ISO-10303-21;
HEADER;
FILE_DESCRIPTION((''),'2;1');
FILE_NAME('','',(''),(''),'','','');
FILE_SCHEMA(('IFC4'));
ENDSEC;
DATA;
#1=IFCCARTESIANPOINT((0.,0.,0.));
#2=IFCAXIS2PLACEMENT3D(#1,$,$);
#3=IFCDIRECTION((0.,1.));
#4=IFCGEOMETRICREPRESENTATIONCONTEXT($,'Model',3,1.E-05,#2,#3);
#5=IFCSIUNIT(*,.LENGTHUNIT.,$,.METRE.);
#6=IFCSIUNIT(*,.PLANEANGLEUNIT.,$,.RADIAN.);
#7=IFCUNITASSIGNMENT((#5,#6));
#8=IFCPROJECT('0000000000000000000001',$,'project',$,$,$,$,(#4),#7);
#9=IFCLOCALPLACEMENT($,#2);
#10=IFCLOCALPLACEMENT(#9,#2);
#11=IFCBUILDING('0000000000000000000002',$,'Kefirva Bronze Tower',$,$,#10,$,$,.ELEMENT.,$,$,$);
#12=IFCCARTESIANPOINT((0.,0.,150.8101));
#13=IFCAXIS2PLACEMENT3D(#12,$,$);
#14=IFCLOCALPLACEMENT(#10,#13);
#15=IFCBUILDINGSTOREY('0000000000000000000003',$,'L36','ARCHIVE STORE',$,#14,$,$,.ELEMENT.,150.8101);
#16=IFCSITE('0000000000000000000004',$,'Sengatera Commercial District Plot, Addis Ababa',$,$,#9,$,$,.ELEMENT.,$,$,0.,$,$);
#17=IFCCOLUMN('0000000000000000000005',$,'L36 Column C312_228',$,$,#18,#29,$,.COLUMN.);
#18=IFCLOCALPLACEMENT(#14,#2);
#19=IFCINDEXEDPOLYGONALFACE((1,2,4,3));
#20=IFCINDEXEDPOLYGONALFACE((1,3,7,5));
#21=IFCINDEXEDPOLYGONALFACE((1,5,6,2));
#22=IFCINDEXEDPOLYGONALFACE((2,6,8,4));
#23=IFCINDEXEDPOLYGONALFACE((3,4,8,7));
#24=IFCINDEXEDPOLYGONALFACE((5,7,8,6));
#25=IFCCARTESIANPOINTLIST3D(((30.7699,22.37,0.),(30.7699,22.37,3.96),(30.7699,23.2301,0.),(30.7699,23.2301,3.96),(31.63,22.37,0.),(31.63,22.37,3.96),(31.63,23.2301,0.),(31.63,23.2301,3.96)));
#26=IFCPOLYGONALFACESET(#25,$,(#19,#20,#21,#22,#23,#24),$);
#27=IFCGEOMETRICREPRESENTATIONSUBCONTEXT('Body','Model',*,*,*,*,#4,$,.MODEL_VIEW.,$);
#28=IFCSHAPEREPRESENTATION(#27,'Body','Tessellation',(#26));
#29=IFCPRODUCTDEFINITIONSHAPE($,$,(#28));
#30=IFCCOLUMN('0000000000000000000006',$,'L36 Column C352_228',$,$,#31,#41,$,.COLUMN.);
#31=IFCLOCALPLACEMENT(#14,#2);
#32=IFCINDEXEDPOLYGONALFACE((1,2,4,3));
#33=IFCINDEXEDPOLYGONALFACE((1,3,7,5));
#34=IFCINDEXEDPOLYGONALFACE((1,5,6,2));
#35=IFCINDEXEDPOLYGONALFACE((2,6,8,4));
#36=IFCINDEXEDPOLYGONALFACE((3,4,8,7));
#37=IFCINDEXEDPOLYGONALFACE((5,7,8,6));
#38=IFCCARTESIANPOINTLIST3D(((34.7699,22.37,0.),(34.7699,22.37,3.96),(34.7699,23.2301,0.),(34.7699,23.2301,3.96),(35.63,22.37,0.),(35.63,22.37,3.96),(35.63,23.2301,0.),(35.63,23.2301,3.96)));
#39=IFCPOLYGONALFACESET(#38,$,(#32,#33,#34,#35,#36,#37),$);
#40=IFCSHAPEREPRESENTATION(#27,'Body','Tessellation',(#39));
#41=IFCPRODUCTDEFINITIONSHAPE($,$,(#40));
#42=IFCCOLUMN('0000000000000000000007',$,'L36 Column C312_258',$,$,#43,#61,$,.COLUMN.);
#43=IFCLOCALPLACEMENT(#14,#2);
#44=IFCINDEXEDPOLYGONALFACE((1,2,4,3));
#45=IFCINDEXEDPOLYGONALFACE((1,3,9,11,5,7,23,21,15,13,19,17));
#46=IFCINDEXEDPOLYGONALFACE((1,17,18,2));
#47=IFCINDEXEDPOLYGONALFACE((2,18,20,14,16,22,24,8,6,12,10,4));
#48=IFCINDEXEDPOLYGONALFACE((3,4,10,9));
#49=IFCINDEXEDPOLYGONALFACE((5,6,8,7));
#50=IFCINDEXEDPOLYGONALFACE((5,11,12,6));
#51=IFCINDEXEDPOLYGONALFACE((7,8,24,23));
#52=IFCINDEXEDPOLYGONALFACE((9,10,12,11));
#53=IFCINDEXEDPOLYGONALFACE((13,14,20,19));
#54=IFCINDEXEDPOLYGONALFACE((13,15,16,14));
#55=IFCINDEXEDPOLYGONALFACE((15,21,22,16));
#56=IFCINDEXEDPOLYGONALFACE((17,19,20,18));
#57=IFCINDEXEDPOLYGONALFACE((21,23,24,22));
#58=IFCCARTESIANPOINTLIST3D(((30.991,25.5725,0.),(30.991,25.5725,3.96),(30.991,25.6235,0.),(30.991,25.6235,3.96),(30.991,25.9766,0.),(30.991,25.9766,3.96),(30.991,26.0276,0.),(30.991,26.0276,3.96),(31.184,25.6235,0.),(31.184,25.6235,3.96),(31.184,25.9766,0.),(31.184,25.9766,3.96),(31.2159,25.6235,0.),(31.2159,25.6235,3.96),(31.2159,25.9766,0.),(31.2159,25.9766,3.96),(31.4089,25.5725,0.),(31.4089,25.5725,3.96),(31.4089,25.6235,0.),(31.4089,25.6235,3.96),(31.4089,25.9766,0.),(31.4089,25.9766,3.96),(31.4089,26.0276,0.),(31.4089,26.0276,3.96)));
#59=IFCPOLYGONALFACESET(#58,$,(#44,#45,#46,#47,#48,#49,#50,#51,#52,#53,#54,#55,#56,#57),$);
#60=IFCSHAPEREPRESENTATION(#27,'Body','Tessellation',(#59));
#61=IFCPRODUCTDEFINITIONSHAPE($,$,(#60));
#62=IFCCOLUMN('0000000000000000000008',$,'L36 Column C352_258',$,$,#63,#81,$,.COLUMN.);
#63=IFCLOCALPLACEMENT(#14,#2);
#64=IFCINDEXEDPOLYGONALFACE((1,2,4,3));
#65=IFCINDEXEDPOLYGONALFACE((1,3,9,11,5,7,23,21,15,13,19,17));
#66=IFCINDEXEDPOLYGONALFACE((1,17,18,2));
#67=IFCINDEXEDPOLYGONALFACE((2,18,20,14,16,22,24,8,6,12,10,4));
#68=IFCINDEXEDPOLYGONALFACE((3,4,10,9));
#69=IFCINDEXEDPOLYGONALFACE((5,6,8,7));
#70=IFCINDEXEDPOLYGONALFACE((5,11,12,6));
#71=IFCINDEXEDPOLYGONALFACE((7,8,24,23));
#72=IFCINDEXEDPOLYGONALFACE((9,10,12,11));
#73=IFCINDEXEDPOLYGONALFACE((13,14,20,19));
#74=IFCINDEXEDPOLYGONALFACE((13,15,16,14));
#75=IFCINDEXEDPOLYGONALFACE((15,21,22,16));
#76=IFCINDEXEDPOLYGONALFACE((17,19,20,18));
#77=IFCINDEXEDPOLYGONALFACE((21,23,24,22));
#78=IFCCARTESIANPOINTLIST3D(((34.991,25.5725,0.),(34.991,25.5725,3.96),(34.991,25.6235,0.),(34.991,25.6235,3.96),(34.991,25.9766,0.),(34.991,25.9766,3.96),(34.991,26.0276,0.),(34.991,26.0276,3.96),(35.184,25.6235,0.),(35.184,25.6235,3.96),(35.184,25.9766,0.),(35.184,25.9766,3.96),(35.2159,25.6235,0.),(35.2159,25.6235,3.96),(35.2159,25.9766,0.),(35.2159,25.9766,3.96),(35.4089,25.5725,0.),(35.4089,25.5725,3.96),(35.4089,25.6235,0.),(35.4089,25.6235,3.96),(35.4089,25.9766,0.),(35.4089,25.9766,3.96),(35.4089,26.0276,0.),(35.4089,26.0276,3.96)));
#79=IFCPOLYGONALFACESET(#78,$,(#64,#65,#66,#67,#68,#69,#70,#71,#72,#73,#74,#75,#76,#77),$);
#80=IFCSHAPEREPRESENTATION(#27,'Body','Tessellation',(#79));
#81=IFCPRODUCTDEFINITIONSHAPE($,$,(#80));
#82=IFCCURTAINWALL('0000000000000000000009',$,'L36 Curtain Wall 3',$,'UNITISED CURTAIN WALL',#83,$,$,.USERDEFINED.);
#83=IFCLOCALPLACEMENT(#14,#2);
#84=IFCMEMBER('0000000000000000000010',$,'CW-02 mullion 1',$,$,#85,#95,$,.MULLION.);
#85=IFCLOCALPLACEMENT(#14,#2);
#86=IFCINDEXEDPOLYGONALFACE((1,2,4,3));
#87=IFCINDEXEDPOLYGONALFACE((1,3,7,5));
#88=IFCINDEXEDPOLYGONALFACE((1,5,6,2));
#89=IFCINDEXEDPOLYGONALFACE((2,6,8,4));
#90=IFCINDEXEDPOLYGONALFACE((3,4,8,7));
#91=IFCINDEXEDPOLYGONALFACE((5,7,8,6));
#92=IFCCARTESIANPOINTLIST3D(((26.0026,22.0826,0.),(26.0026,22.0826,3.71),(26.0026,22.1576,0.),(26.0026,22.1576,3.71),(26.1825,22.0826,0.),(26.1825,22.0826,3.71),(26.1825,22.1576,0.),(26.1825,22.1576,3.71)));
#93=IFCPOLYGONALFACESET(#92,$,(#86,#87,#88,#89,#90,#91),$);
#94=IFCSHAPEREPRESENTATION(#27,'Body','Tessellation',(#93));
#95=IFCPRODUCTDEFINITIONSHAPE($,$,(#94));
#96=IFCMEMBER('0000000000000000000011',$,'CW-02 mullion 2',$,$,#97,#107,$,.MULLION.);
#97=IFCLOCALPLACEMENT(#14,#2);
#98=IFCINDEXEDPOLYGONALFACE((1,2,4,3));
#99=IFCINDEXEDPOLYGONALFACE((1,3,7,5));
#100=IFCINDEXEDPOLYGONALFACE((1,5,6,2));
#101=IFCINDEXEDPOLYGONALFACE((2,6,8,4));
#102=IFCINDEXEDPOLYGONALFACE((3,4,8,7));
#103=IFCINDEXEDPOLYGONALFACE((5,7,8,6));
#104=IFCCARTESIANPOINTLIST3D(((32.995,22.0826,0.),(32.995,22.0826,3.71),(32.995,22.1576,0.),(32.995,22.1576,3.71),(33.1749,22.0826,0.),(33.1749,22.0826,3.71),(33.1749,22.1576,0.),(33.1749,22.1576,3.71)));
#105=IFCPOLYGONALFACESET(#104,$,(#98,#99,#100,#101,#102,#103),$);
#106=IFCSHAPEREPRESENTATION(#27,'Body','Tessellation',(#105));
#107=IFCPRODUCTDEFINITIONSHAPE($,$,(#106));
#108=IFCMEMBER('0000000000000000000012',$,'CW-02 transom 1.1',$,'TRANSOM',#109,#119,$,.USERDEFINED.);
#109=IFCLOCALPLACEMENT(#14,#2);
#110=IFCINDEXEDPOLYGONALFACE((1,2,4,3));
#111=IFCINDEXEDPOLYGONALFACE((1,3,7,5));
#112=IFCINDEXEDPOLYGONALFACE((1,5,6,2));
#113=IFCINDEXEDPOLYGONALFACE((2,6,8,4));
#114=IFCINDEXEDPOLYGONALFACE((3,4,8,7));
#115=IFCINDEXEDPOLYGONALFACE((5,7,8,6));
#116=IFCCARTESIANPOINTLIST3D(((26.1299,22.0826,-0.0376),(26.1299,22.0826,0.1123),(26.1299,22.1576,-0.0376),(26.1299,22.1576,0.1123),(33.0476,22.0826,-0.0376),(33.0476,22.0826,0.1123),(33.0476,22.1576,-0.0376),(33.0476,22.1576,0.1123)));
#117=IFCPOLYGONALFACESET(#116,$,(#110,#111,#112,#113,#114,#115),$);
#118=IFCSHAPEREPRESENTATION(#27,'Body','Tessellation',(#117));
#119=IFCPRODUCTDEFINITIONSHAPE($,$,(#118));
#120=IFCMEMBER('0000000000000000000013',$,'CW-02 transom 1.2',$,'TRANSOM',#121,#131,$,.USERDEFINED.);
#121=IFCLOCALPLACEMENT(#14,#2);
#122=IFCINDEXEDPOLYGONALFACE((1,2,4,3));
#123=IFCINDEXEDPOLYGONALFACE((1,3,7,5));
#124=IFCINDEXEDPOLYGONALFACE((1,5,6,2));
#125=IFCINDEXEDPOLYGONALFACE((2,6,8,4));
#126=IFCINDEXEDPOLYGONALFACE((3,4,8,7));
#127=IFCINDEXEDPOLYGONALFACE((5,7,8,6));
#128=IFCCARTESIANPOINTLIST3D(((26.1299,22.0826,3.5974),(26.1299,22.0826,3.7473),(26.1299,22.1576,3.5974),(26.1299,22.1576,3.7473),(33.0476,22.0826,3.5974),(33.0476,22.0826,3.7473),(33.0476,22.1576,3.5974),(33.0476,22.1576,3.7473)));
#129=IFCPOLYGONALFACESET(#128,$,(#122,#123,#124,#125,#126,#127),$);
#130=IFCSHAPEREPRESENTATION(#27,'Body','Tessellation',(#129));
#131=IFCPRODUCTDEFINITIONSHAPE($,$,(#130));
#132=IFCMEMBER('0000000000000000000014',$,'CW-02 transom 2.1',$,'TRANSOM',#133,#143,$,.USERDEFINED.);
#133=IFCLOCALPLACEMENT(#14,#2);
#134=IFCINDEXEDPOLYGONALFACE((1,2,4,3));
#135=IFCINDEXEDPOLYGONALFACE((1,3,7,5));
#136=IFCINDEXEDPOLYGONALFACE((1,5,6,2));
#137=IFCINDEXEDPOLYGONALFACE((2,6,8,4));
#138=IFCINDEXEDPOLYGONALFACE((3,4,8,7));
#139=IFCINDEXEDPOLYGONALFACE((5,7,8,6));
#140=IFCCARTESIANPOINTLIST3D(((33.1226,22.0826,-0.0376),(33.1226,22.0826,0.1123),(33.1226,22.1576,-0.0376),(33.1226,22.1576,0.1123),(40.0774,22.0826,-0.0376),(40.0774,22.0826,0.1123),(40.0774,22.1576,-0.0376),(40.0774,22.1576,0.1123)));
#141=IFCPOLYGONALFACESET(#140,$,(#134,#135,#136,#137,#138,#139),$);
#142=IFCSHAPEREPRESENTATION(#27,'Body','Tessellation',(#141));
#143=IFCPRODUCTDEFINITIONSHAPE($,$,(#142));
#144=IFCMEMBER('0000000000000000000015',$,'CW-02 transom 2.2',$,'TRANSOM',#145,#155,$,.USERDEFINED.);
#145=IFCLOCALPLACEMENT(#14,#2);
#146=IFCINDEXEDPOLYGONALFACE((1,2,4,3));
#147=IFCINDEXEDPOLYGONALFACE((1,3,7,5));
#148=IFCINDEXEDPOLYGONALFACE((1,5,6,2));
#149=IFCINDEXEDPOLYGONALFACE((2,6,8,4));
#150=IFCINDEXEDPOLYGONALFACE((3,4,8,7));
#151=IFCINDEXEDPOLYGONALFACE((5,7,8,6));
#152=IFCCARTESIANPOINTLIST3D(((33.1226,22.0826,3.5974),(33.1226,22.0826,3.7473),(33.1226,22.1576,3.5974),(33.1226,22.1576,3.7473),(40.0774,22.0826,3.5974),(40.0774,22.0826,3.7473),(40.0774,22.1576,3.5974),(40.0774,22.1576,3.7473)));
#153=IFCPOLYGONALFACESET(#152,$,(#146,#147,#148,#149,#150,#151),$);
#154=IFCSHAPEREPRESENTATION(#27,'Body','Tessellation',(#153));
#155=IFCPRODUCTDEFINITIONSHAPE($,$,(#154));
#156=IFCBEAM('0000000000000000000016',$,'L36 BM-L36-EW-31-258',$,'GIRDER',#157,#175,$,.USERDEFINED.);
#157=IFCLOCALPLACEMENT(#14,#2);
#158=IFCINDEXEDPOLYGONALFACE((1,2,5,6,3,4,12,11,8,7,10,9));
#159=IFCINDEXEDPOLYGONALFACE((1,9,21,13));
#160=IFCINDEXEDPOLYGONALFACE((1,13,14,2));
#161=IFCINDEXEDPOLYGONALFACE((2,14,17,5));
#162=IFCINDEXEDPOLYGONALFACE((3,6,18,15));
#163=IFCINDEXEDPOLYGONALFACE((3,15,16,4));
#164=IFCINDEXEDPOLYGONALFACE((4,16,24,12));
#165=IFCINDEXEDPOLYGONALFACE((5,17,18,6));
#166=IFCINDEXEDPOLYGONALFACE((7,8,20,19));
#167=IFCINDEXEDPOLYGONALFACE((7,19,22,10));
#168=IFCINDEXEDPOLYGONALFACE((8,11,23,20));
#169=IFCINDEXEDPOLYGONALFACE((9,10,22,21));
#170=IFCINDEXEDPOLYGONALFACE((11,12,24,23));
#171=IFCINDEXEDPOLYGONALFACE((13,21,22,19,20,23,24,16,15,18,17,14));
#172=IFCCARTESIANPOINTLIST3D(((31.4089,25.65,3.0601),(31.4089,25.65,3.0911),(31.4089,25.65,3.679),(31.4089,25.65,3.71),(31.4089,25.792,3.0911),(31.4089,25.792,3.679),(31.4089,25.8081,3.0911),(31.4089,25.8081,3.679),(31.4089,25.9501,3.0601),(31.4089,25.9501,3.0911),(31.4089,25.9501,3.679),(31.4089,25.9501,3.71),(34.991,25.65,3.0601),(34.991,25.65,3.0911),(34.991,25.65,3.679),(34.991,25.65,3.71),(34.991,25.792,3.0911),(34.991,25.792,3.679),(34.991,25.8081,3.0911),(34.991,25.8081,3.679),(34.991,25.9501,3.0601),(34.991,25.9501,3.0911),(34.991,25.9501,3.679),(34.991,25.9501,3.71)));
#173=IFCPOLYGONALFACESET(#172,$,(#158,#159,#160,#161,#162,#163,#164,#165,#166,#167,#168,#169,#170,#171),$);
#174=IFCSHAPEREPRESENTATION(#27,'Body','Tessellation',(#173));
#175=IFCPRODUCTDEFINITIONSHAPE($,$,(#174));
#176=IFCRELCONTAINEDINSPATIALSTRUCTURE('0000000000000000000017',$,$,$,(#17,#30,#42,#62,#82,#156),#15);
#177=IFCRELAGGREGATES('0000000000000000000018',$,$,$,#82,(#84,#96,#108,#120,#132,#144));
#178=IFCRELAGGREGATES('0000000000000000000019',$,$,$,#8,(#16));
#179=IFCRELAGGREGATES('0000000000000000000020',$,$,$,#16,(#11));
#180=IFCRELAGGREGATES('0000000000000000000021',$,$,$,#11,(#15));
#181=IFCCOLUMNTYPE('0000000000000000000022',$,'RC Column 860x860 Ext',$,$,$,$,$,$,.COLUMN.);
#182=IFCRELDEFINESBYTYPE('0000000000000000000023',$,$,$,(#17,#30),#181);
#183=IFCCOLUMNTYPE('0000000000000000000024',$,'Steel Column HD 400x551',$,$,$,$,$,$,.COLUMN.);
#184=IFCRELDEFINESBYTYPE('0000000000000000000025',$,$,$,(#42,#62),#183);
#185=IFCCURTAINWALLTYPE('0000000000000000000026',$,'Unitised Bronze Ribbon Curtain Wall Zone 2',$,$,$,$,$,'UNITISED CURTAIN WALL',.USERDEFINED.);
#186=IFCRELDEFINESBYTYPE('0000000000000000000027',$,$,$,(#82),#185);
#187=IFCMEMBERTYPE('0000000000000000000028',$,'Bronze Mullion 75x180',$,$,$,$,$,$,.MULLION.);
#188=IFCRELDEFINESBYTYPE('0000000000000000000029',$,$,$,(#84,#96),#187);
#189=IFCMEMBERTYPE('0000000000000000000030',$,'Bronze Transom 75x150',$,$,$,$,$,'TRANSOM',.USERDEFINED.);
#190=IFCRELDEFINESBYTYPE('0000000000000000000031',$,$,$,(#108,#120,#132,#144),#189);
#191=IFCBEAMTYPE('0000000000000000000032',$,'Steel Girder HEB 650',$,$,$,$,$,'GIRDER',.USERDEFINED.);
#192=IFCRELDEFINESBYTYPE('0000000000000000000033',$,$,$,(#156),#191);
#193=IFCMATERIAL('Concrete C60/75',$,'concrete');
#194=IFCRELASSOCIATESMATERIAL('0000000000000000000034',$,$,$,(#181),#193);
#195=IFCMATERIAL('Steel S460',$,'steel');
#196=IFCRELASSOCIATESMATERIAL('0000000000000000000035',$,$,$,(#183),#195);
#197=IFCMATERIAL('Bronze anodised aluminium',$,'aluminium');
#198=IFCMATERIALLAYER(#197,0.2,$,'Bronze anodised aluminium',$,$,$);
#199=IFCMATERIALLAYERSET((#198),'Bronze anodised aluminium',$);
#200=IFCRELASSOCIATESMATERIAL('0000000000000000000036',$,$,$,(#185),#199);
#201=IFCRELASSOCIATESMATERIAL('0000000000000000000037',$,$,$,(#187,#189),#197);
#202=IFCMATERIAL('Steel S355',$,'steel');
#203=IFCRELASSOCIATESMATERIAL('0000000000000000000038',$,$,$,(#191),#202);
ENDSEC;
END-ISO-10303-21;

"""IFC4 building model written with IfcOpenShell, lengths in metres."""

from ifc_helpers import new_model, si_unit, direction, frame, origin, origin_2d, place, context, subcontext, project, spatial, rectangle, i_section, extrude, material, layer, layer_set, material_profile, profile_set, type_object, element, aggregate, save


model = new_model("IFC4")

# Units and contexts
model_context = context("Model", 3, precision=1e-05, world=origin(), true_north=direction((0.0, 1.0)))
body_context = subcontext(model_context, "Body", "Model", "MODEL_VIEW")
ifc_project = project(units=[si_unit("LENGTHUNIT", "METRE"), si_unit("PLANEANGLEUNIT", "RADIAN")], contexts=[model_context])

# Site, building, storey
site_placement = place(None, origin())
site = spatial("IfcSite", under=ifc_project, at=site_placement, Name="Sengatera Commercial District Plot, Addis Ababa", CompositionType="ELEMENT", RefElevation=0.0)
building_placement = place(site_placement, origin())
building = spatial("IfcBuilding", under=site, at=building_placement, Name="Kefirva Bronze Tower", CompositionType="ELEMENT")
storey_placement = place(building_placement, frame((0.0, 0.0, 150.8101)))
storey = spatial("IfcBuildingStorey", under=building, at=storey_placement, Name="L36", Description="ARCHIVE STORE", CompositionType="ELEMENT", Elevation=150.8101)

# Columns
ifc_material_1 = material(Name="Concrete C60/75", Category="concrete")
ifc_material_profile_1 = material_profile(ifc_material_1, rectangle(XDim=0.8601, YDim=0.8601, at=origin_2d()), Name="RC 860x860")
ifc_profile_set_1 = profile_set([ifc_material_profile_1], Name="Concrete C60/75")
column_type_1 = type_object("IfcColumnType", Name="RC Column 860x860 Ext", PredefinedType="COLUMN", material=ifc_profile_set_1)
for number, where, z_axis, x_axis, name in (
    (1, (31.2, 22.8, 0.0), (0.0, 0.0, 1.0), (1.0, 0.0, 0.0), "L36 Column C312_228"),
    (2, (35.2, 22.8, 0.0), (0.0, 0.0, 1.0), (1.0, 0.0, 0.0), "L36 Column C352_228"),
):
    element("IfcColumn", number, at=place(storey_placement, frame(where, z_axis=z_axis, x_axis=x_axis)), inside=storey, type_object=column_type_1, Name=name, PredefinedType="COLUMN", context=body_context, shape_type="SweptSolid", body=[
        extrude(rectangle(XDim=0.8601, YDim=0.8601, at=origin_2d()), origin(), (0.0, 0.0, 1.0), 3.96),
    ])
ifc_material_2 = material(Name="Steel S460", Category="steel")
ifc_material_profile_2 = material_profile(ifc_material_2, i_section(OverallWidth=0.418, OverallDepth=0.4551, WebThickness=0.032, FlangeThickness=0.051, at=origin_2d()), Name="HD 400x551")
ifc_profile_set_2 = profile_set([ifc_material_profile_2], Name="Steel S460")
column_type_2 = type_object("IfcColumnType", Name="Steel Column HD 400x551", PredefinedType="COLUMN", material=ifc_profile_set_2)
for number, where, z_axis, x_axis, name in (
    (3, (31.2, 25.8, 0.0), (0.0, 0.0, 1.0), (1.0, 0.0, 0.0), "L36 Column C312_258"),
    (4, (35.2, 25.8, 0.0), (0.0, 0.0, 1.0), (1.0, 0.0, 0.0), "L36 Column C352_258"),
):
    element("IfcColumn", number, at=place(storey_placement, frame(where, z_axis=z_axis, x_axis=x_axis)), inside=storey, type_object=column_type_2, Name=name, PredefinedType="COLUMN", context=body_context, shape_type="SweptSolid", body=[
        extrude(i_section(OverallWidth=0.418, OverallDepth=0.4551, WebThickness=0.032, FlangeThickness=0.051, at=origin_2d()), origin(), (0.0, 0.0, 1.0), 3.96),
    ])

# Curtain wall, members
ifc_material_3 = material(Name="Bronze anodised aluminium", Category="aluminium")
ifc_layer_1 = layer(ifc_material_3, 0.2, Name="Bronze anodised aluminium")
ifc_layer_set_1 = layer_set([ifc_layer_1], Name="Bronze anodised aluminium")
curtain_wall_type = type_object("IfcCurtainWallType", Name="Unitised Bronze Ribbon Curtain Wall Zone 2", ElementType="UNITISED CURTAIN WALL", PredefinedType="USERDEFINED", material=ifc_layer_set_1)
curtain_wall_placement = place(storey_placement, origin())
curtain_wall = element("IfcCurtainWall", 5, at=curtain_wall_placement, inside=storey, type_object=curtain_wall_type, Name="L36 Curtain Wall 3", ObjectType="UNITISED CURTAIN WALL", PredefinedType="USERDEFINED")
ifc_material_profile_3 = material_profile(ifc_material_3, rectangle(XDim=0.075, YDim=0.1799, at=origin_2d()), Name="ALU 75x180")
ifc_profile_set_3 = profile_set([ifc_material_profile_3], Name="Bronze anodised aluminium")
member_type_1 = type_object("IfcMemberType", Name="Bronze Mullion 75x180", PredefinedType="MULLION", material=ifc_profile_set_3)
member_1_placement = place(storey_placement, frame((26.0925, 22.1201, 0.0), z_axis=(0.0, 0.0, 1.0), x_axis=(0.0, 1.0, 0.0)))
member_1 = element("IfcMember", 6, at=member_1_placement, type_object=member_type_1, Name="CW-02 mullion 1", PredefinedType="MULLION", context=body_context, shape_type="SweptSolid", body=[
    extrude(rectangle(XDim=0.075, YDim=0.1799, at=origin_2d()), origin(), (0.0, 0.0, 1.0), 3.71),
])
member_2_placement = place(storey_placement, frame((33.085, 22.1201, 0.0), z_axis=(0.0, 0.0, 1.0), x_axis=(0.0, 1.0, 0.0)))
member_2 = element("IfcMember", 7, at=member_2_placement, type_object=member_type_1, Name="CW-02 mullion 2", PredefinedType="MULLION", context=body_context, shape_type="SweptSolid", body=[
    extrude(rectangle(XDim=0.075, YDim=0.1799, at=origin_2d()), origin(), (0.0, 0.0, 1.0), 3.71),
])
ifc_material_profile_4 = material_profile(ifc_material_3, rectangle(XDim=0.075, YDim=0.1499, at=origin_2d()), Name="ALU 75x150")
ifc_profile_set_4 = profile_set([ifc_material_profile_4], Name="Bronze anodised aluminium")
member_type_2 = type_object("IfcMemberType", Name="Bronze Transom 75x150", ElementType="TRANSOM", PredefinedType="USERDEFINED", material=ifc_profile_set_4)
member_3_placement = place(storey_placement, frame((26.1299, 22.1201, 0.0374), z_axis=(1.0, 0.0, 0.0), x_axis=(0.0, 1.0, 0.0)))
member_3 = element("IfcMember", 8, at=member_3_placement, type_object=member_type_2, Name="CW-02 transom 1.1", ObjectType="TRANSOM", PredefinedType="USERDEFINED", context=body_context, shape_type="SweptSolid", body=[
    extrude(rectangle(XDim=0.075, YDim=0.1499, at=origin_2d()), origin(), (0.0, 0.0, 1.0), 6.9177),
])
member_4_placement = place(storey_placement, frame((26.1299, 22.1201, 3.6724), z_axis=(1.0, 0.0, 0.0), x_axis=(0.0, 1.0, 0.0)))
member_4 = element("IfcMember", 9, at=member_4_placement, type_object=member_type_2, Name="CW-02 transom 1.2", ObjectType="TRANSOM", PredefinedType="USERDEFINED", context=body_context, shape_type="SweptSolid", body=[
    extrude(rectangle(XDim=0.075, YDim=0.1499, at=origin_2d()), origin(), (0.0, 0.0, 1.0), 6.9177),
])
member_5_placement = place(storey_placement, frame((33.1226, 22.1201, 0.0374), z_axis=(1.0, 0.0, 0.0), x_axis=(0.0, 1.0, 0.0)))
member_5 = element("IfcMember", 10, at=member_5_placement, type_object=member_type_2, Name="CW-02 transom 2.1", ObjectType="TRANSOM", PredefinedType="USERDEFINED", context=body_context, shape_type="SweptSolid", body=[
    extrude(rectangle(XDim=0.075, YDim=0.1499, at=origin_2d()), origin(), (0.0, 0.0, 1.0), 6.9548),
])
member_6_placement = place(storey_placement, frame((33.1226, 22.1201, 3.6724), z_axis=(1.0, 0.0, 0.0), x_axis=(0.0, 1.0, 0.0)))
member_6 = element("IfcMember", 11, at=member_6_placement, type_object=member_type_2, Name="CW-02 transom 2.2", ObjectType="TRANSOM", PredefinedType="USERDEFINED", context=body_context, shape_type="SweptSolid", body=[
    extrude(rectangle(XDim=0.075, YDim=0.1499, at=origin_2d()), origin(), (0.0, 0.0, 1.0), 6.9548),
])

# Beam
ifc_material_4 = material(Name="Steel S355", Category="steel")
ifc_material_profile_5 = material_profile(ifc_material_4, i_section(OverallWidth=0.3, OverallDepth=0.6499, WebThickness=0.0161, FlangeThickness=0.031, at=origin_2d()), Name="HEB 650")
ifc_profile_set_5 = profile_set([ifc_material_profile_5], Name="Steel S355")
beam_type_1 = type_object("IfcBeamType", Name="Steel Girder HEB 650", ElementType="GIRDER", PredefinedType="USERDEFINED", material=ifc_profile_set_5)
beam_1_placement = place(storey_placement, frame((31.4089, 25.8, 3.385), z_axis=(1.0, 0.0, 0.0), x_axis=(0.0, 1.0, 0.0)))
element("IfcBeam", 12, at=beam_1_placement, inside=storey, type_object=beam_type_1, Name="L36 BM-L36-EW-31-258", ObjectType="GIRDER", PredefinedType="USERDEFINED", context=body_context, shape_type="SweptSolid", body=[
    extrude(i_section(OverallWidth=0.3, OverallDepth=0.6499, WebThickness=0.0161, FlangeThickness=0.031, at=origin_2d()), origin(), (0.0, 0.0, 1.0), 3.582),
])

aggregate(curtain_wall, [member_1, member_2, member_3, member_4, member_5, member_6])

save(model, "model.ifc")
